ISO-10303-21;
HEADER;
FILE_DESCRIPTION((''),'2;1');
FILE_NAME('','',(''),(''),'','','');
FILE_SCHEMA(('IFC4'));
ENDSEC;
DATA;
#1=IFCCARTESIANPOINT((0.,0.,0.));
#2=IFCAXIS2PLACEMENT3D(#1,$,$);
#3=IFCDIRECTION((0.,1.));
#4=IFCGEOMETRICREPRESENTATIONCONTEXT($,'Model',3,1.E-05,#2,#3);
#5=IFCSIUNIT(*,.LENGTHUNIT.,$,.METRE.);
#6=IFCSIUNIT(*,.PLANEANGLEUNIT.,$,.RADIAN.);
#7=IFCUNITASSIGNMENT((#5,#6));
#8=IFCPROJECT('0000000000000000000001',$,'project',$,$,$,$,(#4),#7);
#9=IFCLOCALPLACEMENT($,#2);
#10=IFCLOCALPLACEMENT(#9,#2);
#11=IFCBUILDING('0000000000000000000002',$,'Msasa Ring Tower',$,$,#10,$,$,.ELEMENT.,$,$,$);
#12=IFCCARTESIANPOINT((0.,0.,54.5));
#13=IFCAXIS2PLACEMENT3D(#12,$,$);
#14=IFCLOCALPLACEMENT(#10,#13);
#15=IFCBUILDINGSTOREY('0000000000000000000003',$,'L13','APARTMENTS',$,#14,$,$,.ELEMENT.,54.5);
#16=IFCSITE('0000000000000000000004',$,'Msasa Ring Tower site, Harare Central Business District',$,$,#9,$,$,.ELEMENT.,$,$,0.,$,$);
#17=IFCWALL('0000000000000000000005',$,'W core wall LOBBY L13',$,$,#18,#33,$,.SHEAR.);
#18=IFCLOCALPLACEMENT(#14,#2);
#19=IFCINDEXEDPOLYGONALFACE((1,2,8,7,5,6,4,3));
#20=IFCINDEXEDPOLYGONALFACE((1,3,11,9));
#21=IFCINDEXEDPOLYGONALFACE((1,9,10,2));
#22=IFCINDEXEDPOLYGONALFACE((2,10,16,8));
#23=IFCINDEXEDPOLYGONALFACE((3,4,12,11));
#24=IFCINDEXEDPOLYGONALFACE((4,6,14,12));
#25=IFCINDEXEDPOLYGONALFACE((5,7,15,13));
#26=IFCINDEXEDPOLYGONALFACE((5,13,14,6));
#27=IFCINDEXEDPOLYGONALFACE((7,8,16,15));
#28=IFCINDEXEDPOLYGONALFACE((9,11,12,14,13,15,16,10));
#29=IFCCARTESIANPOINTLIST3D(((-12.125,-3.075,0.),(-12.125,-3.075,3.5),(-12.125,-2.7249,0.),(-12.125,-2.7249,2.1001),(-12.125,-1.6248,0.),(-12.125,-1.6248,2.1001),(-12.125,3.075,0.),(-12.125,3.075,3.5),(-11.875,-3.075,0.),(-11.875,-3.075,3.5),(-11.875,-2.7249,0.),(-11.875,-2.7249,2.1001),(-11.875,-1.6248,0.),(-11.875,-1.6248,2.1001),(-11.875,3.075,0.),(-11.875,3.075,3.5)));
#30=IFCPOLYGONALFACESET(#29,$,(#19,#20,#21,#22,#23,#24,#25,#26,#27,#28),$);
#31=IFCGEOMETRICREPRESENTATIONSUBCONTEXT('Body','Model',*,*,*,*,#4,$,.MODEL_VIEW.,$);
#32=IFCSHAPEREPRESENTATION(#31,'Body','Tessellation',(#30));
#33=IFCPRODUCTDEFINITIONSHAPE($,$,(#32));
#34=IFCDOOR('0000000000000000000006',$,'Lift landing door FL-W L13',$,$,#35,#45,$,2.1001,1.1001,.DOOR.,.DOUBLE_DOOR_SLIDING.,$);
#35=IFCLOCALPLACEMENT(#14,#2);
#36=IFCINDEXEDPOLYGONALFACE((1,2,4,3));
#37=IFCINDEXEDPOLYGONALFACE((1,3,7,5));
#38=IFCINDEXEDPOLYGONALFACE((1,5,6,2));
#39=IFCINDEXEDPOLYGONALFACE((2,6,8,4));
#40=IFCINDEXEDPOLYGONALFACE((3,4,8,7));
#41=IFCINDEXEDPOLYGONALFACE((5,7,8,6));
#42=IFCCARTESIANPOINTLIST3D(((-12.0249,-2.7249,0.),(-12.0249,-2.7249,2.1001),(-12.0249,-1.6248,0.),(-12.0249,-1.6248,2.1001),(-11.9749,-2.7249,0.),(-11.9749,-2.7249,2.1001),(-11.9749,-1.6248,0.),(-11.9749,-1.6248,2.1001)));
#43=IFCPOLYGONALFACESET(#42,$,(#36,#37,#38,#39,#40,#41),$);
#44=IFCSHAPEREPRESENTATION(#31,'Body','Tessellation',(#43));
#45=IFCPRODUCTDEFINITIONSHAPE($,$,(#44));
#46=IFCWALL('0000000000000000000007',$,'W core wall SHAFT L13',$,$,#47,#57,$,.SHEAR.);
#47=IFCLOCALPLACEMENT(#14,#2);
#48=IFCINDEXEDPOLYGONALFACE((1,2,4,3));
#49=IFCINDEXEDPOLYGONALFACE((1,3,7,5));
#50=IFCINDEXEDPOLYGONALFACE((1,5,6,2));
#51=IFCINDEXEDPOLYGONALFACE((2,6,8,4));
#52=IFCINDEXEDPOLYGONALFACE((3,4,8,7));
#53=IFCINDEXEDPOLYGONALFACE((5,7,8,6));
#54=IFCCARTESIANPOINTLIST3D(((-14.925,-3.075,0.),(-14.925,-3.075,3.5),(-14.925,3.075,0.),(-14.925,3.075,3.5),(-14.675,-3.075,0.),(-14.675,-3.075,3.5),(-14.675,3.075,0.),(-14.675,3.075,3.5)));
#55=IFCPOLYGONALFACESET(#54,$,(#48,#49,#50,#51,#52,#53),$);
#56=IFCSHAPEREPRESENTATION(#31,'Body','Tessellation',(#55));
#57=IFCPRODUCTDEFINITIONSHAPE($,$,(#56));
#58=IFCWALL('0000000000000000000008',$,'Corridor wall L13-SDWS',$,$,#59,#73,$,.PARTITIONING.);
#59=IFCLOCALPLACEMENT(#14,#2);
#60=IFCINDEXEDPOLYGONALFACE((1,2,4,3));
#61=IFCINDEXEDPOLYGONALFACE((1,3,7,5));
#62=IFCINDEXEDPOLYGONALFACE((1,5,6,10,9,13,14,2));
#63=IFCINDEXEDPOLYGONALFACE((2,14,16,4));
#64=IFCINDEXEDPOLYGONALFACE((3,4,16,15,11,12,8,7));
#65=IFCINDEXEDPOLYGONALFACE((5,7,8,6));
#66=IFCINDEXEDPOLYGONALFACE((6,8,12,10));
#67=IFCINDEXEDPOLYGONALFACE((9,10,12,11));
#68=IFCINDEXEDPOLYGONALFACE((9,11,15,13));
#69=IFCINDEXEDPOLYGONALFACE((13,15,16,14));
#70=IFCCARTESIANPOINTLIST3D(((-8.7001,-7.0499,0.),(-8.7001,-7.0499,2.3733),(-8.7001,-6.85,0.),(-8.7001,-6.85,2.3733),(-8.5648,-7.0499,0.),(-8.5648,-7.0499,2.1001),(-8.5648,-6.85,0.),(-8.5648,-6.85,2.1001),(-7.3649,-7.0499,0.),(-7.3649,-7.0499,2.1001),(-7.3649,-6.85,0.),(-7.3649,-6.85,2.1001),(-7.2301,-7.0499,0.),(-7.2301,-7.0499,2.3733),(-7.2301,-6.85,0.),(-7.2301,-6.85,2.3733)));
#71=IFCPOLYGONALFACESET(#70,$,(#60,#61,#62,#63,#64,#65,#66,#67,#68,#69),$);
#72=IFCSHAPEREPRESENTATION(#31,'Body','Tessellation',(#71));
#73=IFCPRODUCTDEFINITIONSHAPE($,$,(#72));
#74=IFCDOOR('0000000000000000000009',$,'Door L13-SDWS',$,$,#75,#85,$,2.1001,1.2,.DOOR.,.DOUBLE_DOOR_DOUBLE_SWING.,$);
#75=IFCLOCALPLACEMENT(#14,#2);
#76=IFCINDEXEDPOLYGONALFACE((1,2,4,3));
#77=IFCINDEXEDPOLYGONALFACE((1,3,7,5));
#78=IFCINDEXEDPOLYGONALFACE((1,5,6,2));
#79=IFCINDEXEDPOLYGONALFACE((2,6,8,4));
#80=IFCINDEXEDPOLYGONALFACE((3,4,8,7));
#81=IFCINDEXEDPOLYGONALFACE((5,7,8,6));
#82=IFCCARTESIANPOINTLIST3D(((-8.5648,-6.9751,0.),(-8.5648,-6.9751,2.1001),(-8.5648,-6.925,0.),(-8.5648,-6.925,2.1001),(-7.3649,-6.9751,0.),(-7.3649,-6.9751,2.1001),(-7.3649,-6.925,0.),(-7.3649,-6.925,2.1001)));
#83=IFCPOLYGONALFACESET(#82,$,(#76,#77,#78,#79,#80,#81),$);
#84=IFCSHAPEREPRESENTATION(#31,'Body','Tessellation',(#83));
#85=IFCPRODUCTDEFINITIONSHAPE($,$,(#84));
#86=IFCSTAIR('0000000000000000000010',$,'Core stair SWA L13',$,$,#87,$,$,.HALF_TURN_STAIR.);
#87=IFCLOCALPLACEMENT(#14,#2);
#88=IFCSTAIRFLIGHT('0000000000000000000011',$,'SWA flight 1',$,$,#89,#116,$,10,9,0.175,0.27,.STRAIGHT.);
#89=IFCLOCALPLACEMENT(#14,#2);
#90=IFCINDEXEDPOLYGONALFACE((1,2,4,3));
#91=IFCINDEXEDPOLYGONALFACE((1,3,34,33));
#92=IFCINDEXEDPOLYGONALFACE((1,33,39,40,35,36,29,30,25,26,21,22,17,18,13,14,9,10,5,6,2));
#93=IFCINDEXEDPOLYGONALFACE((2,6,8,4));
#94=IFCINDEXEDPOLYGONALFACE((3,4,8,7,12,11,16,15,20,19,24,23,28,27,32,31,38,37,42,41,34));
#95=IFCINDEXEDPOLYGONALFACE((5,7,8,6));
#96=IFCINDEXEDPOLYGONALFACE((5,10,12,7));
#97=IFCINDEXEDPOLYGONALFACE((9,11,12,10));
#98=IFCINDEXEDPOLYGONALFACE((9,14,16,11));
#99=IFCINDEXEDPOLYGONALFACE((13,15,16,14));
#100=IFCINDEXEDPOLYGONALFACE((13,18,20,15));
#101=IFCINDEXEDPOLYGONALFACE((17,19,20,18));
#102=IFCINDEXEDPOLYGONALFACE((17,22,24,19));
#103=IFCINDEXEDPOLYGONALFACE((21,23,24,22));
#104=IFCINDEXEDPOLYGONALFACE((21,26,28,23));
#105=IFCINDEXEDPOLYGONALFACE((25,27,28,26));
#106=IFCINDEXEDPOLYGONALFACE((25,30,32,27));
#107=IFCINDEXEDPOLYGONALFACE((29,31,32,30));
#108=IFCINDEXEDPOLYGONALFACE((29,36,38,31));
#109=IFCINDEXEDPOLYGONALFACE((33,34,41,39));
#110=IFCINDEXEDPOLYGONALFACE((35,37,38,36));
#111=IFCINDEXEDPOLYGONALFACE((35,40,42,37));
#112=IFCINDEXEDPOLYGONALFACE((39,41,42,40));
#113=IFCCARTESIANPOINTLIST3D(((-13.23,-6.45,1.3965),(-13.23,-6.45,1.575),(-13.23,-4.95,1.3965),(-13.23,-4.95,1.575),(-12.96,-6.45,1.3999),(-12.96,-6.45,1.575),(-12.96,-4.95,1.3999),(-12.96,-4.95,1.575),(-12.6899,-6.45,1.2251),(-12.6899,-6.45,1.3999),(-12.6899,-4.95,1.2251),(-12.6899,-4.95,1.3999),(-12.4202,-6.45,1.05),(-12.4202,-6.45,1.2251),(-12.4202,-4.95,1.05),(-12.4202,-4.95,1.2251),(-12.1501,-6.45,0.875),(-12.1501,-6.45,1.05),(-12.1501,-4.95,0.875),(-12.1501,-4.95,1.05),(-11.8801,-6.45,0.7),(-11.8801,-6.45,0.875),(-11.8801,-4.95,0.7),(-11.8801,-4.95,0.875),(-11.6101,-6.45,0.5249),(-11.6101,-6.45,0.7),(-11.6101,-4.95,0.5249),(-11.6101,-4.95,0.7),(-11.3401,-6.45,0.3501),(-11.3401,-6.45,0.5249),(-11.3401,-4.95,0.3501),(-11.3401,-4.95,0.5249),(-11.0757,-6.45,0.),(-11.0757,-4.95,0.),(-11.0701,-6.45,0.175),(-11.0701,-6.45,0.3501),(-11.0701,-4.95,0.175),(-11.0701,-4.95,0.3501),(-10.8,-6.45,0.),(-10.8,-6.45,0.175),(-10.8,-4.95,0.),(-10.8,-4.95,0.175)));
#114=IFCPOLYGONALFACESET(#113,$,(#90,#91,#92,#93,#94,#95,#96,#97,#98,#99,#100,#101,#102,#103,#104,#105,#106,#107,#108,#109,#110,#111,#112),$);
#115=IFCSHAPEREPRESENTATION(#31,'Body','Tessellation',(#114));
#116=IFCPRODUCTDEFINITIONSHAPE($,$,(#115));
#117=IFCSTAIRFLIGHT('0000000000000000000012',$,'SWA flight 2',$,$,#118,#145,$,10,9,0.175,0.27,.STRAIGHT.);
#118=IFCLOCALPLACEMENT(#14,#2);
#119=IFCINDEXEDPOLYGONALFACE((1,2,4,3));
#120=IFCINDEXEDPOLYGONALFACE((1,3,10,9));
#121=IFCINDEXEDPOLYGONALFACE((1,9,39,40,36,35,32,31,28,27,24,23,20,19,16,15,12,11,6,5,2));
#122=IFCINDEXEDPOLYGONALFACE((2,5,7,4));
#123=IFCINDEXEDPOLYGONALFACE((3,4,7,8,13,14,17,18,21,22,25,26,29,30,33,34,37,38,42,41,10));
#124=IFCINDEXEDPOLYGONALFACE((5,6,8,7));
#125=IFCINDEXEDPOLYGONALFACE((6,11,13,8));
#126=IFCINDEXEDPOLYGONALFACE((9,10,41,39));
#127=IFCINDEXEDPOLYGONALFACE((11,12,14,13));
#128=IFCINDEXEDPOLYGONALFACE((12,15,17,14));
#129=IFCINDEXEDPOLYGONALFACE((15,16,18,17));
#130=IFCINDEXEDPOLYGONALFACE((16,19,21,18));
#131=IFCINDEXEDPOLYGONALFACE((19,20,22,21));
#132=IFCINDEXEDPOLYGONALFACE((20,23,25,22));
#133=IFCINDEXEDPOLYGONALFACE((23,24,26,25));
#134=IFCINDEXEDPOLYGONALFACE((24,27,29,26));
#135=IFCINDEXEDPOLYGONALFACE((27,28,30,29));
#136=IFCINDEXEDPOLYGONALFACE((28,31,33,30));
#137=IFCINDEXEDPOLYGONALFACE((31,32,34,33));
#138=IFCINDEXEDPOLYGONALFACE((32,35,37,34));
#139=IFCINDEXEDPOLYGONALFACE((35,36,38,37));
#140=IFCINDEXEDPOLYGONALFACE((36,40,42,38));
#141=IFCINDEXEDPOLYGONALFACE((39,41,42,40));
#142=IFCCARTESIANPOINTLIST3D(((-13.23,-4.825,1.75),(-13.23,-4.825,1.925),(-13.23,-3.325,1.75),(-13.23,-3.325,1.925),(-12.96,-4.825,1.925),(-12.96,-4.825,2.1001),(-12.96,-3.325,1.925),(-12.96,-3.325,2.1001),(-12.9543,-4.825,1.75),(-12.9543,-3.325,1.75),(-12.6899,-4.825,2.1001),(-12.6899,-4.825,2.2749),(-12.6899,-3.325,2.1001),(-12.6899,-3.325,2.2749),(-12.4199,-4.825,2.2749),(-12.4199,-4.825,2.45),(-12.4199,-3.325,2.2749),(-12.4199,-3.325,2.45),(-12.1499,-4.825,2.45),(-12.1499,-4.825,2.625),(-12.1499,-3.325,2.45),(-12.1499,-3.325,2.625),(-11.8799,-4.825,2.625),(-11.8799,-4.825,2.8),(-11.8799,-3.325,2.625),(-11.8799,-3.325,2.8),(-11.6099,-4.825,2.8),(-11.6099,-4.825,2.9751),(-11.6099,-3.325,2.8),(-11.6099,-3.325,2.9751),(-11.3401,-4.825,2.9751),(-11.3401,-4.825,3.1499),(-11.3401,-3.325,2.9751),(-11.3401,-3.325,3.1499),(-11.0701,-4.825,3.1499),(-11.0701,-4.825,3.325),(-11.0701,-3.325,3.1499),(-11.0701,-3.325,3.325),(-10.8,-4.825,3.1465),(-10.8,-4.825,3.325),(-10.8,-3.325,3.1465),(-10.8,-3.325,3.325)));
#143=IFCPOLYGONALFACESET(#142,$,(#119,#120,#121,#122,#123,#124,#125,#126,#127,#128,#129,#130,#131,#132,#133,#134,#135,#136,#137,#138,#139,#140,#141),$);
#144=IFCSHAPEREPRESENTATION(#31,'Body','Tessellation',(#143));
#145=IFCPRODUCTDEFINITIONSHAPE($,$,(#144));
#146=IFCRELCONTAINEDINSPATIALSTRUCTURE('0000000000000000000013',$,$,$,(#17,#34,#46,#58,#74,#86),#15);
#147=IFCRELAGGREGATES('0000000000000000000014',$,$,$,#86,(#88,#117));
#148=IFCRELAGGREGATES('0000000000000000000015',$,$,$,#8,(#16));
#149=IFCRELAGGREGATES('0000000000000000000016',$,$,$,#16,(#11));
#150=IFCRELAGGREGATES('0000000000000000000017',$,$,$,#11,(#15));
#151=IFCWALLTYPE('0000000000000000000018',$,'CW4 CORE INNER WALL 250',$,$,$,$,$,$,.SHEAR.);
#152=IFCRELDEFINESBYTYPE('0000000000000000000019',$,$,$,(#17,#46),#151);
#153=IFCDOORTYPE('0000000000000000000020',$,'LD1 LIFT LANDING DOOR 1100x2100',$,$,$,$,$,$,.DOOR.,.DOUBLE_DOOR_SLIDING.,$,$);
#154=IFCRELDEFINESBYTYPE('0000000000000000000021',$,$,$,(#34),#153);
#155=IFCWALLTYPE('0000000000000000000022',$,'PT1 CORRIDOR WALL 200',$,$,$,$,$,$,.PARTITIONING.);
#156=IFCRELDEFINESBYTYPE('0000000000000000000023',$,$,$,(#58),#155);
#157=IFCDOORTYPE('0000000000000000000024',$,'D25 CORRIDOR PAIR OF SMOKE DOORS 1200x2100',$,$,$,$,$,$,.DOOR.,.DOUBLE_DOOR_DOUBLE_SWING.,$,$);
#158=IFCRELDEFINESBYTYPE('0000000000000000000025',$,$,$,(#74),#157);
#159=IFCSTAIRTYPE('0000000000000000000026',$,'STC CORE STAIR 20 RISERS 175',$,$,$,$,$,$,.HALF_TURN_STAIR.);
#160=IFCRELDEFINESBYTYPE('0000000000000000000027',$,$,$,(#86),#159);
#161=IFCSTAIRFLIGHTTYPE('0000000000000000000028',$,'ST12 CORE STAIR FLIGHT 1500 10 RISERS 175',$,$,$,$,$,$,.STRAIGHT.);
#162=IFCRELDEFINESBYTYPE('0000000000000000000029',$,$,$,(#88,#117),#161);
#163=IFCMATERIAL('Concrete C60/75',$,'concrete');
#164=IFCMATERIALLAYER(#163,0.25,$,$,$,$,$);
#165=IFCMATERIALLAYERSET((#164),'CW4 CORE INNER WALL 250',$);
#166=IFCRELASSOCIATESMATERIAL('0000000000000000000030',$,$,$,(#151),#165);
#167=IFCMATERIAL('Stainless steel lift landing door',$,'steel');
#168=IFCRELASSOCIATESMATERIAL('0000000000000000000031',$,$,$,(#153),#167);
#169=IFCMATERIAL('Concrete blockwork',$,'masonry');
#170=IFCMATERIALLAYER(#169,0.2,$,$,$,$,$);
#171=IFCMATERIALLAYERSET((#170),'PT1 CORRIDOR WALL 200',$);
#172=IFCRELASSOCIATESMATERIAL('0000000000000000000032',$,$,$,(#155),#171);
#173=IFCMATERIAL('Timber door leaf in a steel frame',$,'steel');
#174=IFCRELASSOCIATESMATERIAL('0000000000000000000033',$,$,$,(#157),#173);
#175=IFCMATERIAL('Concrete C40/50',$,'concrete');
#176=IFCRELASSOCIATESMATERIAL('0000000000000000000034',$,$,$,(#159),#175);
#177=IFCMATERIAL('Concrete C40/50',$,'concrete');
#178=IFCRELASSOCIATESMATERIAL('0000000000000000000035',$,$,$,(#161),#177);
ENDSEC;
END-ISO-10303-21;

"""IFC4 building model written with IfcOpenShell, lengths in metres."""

from ifc_helpers import new_model, si_unit, direction, frame, frame_2d, origin, place, context, subcontext, project, spatial, polyline, rectangle, outline, extrude, material, layer, layer_set, type_object, element, fill, aggregate, save


model = new_model("IFC4")

# Units and contexts
model_context = context("Model", 3, precision=1e-05, world=origin(), true_north=direction((0.0, 1.0)))
body_context = subcontext(model_context, "Body", "Model", "MODEL_VIEW")
ifc_project = project(units=[si_unit("LENGTHUNIT", "METRE"), si_unit("PLANEANGLEUNIT", "RADIAN")], contexts=[model_context])

# Site, building, storey
site_placement = place(None, origin())
site = spatial("IfcSite", under=ifc_project, at=site_placement, Name="Msasa Ring Tower site, Harare Central Business District", CompositionType="ELEMENT", RefElevation=0.0)
building_placement = place(site_placement, origin())
building = spatial("IfcBuilding", under=site, at=building_placement, Name="Msasa Ring Tower", CompositionType="ELEMENT")
storey_placement = place(building_placement, frame((0.0, 0.0, 54.5)))
storey = spatial("IfcBuildingStorey", under=building, at=storey_placement, Name="L13", Description="APARTMENTS", CompositionType="ELEMENT", Elevation=54.5)

# Wall, opening, door
ifc_material_1 = material(Name="Concrete C60/75", Category="concrete")
ifc_layer_1 = layer(ifc_material_1, 0.25)
ifc_layer_set_1 = layer_set([ifc_layer_1], Name="CW4 CORE INNER WALL 250")
wall_type_1 = type_object("IfcWallType", Name="CW4 CORE INNER WALL 250", PredefinedType="SHEAR", material=ifc_layer_set_1)
wall_1_placement = place(storey_placement, frame((-12.0, -3.075, 0.0), z_axis=(0.0, 0.0, 1.0), x_axis=(0.0, 1.0, 0.0)))
wall_1 = element("IfcWall", 1, at=wall_1_placement, inside=storey, type_object=wall_type_1, Name="W core wall LOBBY L13", PredefinedType="SHEAR", context=body_context, shape_type="SweptSolid", body=[
    extrude(rectangle(XDim=6.1499, YDim=0.25, at=frame_2d((3.075, 0.0))), origin(), (0.0, 0.0, 1.0), 3.5),
])
opening_1_placement = place(wall_1_placement, frame((0.3501, 0.0, 0.0)))
opening_1 = element("IfcOpeningElement", 2, at=opening_1_placement, cuts=wall_1, PredefinedType="OPENING", context=body_context, shape_type="SweptSolid", body=[
    extrude(rectangle(XDim=1.1001, YDim=2.1001, at=frame_2d((0.55, 1.05))), frame((0.0, 0.135, 0.0), z_axis=(0.0, -1.0, 0.0), x_axis=(1.0, 0.0, 0.0)), (0.0, 0.0, 1.0), 0.27),
])
ifc_material_2 = material(Name="Stainless steel lift landing door", Category="steel")
door_type_1 = type_object("IfcDoorType", Name="LD1 LIFT LANDING DOOR 1100x2100", OperationType="DOUBLE_DOOR_SLIDING", PredefinedType="DOOR", material=ifc_material_2)
door_1_placement = place(opening_1_placement, origin())
door_1 = element("IfcDoor", 3, at=door_1_placement, inside=storey, type_object=door_type_1, Name="Lift landing door FL-W L13", OperationType="DOUBLE_DOOR_SLIDING", OverallHeight=2.1001, OverallWidth=1.1001, PredefinedType="DOOR", context=body_context, shape_type="SweptSolid", body=[
    extrude(rectangle(XDim=1.1001, YDim=2.1001, at=frame_2d((0.55, 1.05))), frame((0.0, 0.0249, 0.0), z_axis=(0.0, -1.0, 0.0), x_axis=(1.0, 0.0, 0.0)), (0.0, 0.0, 1.0), 0.05),
])
fill(opening_1, door_1)

# Wall
wall_2_placement = place(storey_placement, frame((-14.8, -3.075, 0.0), z_axis=(0.0, 0.0, 1.0), x_axis=(0.0, 1.0, 0.0)))
element("IfcWall", 4, at=wall_2_placement, inside=storey, type_object=wall_type_1, Name="W core wall SHAFT L13", PredefinedType="SHEAR", context=body_context, shape_type="SweptSolid", body=[
    extrude(rectangle(XDim=6.1499, YDim=0.25, at=frame_2d((3.075, 0.0))), origin(), (0.0, 0.0, 1.0), 3.5),
])

# Wall, opening, door
ifc_material_3 = material(Name="Concrete blockwork", Category="masonry")
ifc_layer_2 = layer(ifc_material_3, 0.2)
ifc_layer_set_2 = layer_set([ifc_layer_2], Name="PT1 CORRIDOR WALL 200")
wall_type_2 = type_object("IfcWallType", Name="PT1 CORRIDOR WALL 200", PredefinedType="PARTITIONING", material=ifc_layer_set_2)
wall_3_placement = place(storey_placement, frame((-8.7, -6.95, 0.0), z_axis=(0.0, 0.0, 1.0), x_axis=(1.0, 0.0, 0.0)))
wall_3 = element("IfcWall", 5, at=wall_3_placement, inside=storey, type_object=wall_type_2, Name="Corridor wall L13-SDWS", PredefinedType="PARTITIONING", context=body_context, shape_type="SweptSolid", body=[
    extrude(rectangle(XDim=1.47, YDim=0.2, at=frame_2d((0.7349, 0.0))), origin(), (0.0, 0.0, 1.0), 2.3733),
])
opening_2_placement = place(wall_3_placement, frame((0.135, 0.0, 0.0)))
opening_2 = element("IfcOpeningElement", 6, at=opening_2_placement, cuts=wall_3, PredefinedType="OPENING", context=body_context, shape_type="SweptSolid", body=[
    extrude(rectangle(XDim=1.2, YDim=2.1001, at=frame_2d((0.6001, 1.05))), frame((0.0, 0.1099, 0.0), z_axis=(0.0, -1.0, 0.0), x_axis=(1.0, 0.0, 0.0)), (0.0, 0.0, 1.0), 0.22),
])
ifc_material_4 = material(Name="Timber door leaf in a steel frame", Category="steel")
door_type_2 = type_object("IfcDoorType", Name="D25 CORRIDOR PAIR OF SMOKE DOORS 1200x2100", OperationType="DOUBLE_DOOR_DOUBLE_SWING", PredefinedType="DOOR", material=ifc_material_4)
door_2_placement = place(opening_2_placement, origin())
door_2 = element("IfcDoor", 7, at=door_2_placement, inside=storey, type_object=door_type_2, Name="Door L13-SDWS", OperationType="DOUBLE_DOOR_DOUBLE_SWING", OverallHeight=2.1001, OverallWidth=1.2, PredefinedType="DOOR", context=body_context, shape_type="SweptSolid", body=[
    extrude(rectangle(XDim=1.2, YDim=2.1001, at=frame_2d((0.6001, 1.05))), frame((0.0, 0.0249, 0.0), z_axis=(0.0, -1.0, 0.0), x_axis=(1.0, 0.0, 0.0)), (0.0, 0.0, 1.0), 0.05),
])
fill(opening_2, door_2)

# Stair, stair flights
ifc_material_5 = material(Name="Concrete C40/50", Category="concrete")
stair_type = type_object("IfcStairType", Name="STC CORE STAIR 20 RISERS 175", PredefinedType="HALF_TURN_STAIR", material=ifc_material_5)
stair_placement = place(storey_placement, origin())
stair = element("IfcStair", 8, at=stair_placement, inside=storey, type_object=stair_type, Name="Core stair SWA L13", PredefinedType="HALF_TURN_STAIR")
ifc_material_6 = material(Name="Concrete C40/50", Category="concrete")
stair_flight_type = type_object("IfcStairFlightType", Name="ST12 CORE STAIR FLIGHT 1500 10 RISERS 175", PredefinedType="STRAIGHT", material=ifc_material_6)
stair_flight_1_placement = place(storey_placement, frame((-10.8, -5.7, 0.0), z_axis=(0.0, 0.0, 1.0), x_axis=(-1.0, 0.0, 0.0)))
stair_flight_1 = element("IfcStairFlight", 9, at=stair_flight_1_placement, type_object=stair_flight_type, Name="SWA flight 1", NumberOfRisers=10, NumberOfTreads=9, PredefinedType="STRAIGHT", RiserHeight=0.175, TreadLength=0.27, context=body_context, shape_type="SweptSolid", body=[
    extrude(outline(polyline([(0.0, 0.0), (0.0, 0.175), (0.27, 0.175), (0.27, 0.3501), (0.54, 0.3501), (0.54, 0.5249), (0.8101, 0.5249), (0.8101, 0.7), (1.0801, 0.7), (1.0801, 0.875), (1.3501, 0.875), (1.3501, 1.05), (1.6201, 1.05), (1.6201, 1.2251), (1.8899, 1.2251), (1.8899, 1.3999), (2.1599, 1.3999), (2.1599, 1.575), (2.4299, 1.575), (2.4299, 1.75), (2.4299, 1.3965), (0.2756, 0.0), (0.0, 0.0)])), frame((0.0, 0.75, 0.0), z_axis=(0.0, -1.0, 0.0), x_axis=(1.0, 0.0, 0.0)), (0.0, 0.0, 1.0), 1.5),
])
stair_flight_2_placement = place(storey_placement, frame((-13.23, -4.075, 1.75), z_axis=(0.0, 0.0, 1.0), x_axis=(1.0, 0.0, 0.0)))
stair_flight_2 = element("IfcStairFlight", 10, at=stair_flight_2_placement, type_object=stair_flight_type, Name="SWA flight 2", NumberOfRisers=10, NumberOfTreads=9, PredefinedType="STRAIGHT", RiserHeight=0.175, TreadLength=0.27, context=body_context, shape_type="SweptSolid", body=[
    extrude(outline(polyline([(0.0, 0.0), (0.0, 0.175), (0.27, 0.175), (0.27, 0.3501), (0.54, 0.3501), (0.54, 0.5249), (0.8101, 0.5249), (0.8101, 0.7), (1.0801, 0.7), (1.0801, 0.875), (1.3501, 0.875), (1.3501, 1.05), (1.6201, 1.05), (1.6201, 1.2251), (1.8899, 1.2251), (1.8899, 1.3999), (2.1599, 1.3999), (2.1599, 1.575), (2.4299, 1.575), (2.4299, 1.75), (2.4299, 1.3965), (0.2756, 0.0), (0.0, 0.0)])), frame((0.0, 0.75, 0.0), z_axis=(0.0, -1.0, 0.0), x_axis=(1.0, 0.0, 0.0)), (0.0, 0.0, 1.0), 1.5),
])
aggregate(stair, [stair_flight_1, stair_flight_2])

save(model, "model.ifc")
